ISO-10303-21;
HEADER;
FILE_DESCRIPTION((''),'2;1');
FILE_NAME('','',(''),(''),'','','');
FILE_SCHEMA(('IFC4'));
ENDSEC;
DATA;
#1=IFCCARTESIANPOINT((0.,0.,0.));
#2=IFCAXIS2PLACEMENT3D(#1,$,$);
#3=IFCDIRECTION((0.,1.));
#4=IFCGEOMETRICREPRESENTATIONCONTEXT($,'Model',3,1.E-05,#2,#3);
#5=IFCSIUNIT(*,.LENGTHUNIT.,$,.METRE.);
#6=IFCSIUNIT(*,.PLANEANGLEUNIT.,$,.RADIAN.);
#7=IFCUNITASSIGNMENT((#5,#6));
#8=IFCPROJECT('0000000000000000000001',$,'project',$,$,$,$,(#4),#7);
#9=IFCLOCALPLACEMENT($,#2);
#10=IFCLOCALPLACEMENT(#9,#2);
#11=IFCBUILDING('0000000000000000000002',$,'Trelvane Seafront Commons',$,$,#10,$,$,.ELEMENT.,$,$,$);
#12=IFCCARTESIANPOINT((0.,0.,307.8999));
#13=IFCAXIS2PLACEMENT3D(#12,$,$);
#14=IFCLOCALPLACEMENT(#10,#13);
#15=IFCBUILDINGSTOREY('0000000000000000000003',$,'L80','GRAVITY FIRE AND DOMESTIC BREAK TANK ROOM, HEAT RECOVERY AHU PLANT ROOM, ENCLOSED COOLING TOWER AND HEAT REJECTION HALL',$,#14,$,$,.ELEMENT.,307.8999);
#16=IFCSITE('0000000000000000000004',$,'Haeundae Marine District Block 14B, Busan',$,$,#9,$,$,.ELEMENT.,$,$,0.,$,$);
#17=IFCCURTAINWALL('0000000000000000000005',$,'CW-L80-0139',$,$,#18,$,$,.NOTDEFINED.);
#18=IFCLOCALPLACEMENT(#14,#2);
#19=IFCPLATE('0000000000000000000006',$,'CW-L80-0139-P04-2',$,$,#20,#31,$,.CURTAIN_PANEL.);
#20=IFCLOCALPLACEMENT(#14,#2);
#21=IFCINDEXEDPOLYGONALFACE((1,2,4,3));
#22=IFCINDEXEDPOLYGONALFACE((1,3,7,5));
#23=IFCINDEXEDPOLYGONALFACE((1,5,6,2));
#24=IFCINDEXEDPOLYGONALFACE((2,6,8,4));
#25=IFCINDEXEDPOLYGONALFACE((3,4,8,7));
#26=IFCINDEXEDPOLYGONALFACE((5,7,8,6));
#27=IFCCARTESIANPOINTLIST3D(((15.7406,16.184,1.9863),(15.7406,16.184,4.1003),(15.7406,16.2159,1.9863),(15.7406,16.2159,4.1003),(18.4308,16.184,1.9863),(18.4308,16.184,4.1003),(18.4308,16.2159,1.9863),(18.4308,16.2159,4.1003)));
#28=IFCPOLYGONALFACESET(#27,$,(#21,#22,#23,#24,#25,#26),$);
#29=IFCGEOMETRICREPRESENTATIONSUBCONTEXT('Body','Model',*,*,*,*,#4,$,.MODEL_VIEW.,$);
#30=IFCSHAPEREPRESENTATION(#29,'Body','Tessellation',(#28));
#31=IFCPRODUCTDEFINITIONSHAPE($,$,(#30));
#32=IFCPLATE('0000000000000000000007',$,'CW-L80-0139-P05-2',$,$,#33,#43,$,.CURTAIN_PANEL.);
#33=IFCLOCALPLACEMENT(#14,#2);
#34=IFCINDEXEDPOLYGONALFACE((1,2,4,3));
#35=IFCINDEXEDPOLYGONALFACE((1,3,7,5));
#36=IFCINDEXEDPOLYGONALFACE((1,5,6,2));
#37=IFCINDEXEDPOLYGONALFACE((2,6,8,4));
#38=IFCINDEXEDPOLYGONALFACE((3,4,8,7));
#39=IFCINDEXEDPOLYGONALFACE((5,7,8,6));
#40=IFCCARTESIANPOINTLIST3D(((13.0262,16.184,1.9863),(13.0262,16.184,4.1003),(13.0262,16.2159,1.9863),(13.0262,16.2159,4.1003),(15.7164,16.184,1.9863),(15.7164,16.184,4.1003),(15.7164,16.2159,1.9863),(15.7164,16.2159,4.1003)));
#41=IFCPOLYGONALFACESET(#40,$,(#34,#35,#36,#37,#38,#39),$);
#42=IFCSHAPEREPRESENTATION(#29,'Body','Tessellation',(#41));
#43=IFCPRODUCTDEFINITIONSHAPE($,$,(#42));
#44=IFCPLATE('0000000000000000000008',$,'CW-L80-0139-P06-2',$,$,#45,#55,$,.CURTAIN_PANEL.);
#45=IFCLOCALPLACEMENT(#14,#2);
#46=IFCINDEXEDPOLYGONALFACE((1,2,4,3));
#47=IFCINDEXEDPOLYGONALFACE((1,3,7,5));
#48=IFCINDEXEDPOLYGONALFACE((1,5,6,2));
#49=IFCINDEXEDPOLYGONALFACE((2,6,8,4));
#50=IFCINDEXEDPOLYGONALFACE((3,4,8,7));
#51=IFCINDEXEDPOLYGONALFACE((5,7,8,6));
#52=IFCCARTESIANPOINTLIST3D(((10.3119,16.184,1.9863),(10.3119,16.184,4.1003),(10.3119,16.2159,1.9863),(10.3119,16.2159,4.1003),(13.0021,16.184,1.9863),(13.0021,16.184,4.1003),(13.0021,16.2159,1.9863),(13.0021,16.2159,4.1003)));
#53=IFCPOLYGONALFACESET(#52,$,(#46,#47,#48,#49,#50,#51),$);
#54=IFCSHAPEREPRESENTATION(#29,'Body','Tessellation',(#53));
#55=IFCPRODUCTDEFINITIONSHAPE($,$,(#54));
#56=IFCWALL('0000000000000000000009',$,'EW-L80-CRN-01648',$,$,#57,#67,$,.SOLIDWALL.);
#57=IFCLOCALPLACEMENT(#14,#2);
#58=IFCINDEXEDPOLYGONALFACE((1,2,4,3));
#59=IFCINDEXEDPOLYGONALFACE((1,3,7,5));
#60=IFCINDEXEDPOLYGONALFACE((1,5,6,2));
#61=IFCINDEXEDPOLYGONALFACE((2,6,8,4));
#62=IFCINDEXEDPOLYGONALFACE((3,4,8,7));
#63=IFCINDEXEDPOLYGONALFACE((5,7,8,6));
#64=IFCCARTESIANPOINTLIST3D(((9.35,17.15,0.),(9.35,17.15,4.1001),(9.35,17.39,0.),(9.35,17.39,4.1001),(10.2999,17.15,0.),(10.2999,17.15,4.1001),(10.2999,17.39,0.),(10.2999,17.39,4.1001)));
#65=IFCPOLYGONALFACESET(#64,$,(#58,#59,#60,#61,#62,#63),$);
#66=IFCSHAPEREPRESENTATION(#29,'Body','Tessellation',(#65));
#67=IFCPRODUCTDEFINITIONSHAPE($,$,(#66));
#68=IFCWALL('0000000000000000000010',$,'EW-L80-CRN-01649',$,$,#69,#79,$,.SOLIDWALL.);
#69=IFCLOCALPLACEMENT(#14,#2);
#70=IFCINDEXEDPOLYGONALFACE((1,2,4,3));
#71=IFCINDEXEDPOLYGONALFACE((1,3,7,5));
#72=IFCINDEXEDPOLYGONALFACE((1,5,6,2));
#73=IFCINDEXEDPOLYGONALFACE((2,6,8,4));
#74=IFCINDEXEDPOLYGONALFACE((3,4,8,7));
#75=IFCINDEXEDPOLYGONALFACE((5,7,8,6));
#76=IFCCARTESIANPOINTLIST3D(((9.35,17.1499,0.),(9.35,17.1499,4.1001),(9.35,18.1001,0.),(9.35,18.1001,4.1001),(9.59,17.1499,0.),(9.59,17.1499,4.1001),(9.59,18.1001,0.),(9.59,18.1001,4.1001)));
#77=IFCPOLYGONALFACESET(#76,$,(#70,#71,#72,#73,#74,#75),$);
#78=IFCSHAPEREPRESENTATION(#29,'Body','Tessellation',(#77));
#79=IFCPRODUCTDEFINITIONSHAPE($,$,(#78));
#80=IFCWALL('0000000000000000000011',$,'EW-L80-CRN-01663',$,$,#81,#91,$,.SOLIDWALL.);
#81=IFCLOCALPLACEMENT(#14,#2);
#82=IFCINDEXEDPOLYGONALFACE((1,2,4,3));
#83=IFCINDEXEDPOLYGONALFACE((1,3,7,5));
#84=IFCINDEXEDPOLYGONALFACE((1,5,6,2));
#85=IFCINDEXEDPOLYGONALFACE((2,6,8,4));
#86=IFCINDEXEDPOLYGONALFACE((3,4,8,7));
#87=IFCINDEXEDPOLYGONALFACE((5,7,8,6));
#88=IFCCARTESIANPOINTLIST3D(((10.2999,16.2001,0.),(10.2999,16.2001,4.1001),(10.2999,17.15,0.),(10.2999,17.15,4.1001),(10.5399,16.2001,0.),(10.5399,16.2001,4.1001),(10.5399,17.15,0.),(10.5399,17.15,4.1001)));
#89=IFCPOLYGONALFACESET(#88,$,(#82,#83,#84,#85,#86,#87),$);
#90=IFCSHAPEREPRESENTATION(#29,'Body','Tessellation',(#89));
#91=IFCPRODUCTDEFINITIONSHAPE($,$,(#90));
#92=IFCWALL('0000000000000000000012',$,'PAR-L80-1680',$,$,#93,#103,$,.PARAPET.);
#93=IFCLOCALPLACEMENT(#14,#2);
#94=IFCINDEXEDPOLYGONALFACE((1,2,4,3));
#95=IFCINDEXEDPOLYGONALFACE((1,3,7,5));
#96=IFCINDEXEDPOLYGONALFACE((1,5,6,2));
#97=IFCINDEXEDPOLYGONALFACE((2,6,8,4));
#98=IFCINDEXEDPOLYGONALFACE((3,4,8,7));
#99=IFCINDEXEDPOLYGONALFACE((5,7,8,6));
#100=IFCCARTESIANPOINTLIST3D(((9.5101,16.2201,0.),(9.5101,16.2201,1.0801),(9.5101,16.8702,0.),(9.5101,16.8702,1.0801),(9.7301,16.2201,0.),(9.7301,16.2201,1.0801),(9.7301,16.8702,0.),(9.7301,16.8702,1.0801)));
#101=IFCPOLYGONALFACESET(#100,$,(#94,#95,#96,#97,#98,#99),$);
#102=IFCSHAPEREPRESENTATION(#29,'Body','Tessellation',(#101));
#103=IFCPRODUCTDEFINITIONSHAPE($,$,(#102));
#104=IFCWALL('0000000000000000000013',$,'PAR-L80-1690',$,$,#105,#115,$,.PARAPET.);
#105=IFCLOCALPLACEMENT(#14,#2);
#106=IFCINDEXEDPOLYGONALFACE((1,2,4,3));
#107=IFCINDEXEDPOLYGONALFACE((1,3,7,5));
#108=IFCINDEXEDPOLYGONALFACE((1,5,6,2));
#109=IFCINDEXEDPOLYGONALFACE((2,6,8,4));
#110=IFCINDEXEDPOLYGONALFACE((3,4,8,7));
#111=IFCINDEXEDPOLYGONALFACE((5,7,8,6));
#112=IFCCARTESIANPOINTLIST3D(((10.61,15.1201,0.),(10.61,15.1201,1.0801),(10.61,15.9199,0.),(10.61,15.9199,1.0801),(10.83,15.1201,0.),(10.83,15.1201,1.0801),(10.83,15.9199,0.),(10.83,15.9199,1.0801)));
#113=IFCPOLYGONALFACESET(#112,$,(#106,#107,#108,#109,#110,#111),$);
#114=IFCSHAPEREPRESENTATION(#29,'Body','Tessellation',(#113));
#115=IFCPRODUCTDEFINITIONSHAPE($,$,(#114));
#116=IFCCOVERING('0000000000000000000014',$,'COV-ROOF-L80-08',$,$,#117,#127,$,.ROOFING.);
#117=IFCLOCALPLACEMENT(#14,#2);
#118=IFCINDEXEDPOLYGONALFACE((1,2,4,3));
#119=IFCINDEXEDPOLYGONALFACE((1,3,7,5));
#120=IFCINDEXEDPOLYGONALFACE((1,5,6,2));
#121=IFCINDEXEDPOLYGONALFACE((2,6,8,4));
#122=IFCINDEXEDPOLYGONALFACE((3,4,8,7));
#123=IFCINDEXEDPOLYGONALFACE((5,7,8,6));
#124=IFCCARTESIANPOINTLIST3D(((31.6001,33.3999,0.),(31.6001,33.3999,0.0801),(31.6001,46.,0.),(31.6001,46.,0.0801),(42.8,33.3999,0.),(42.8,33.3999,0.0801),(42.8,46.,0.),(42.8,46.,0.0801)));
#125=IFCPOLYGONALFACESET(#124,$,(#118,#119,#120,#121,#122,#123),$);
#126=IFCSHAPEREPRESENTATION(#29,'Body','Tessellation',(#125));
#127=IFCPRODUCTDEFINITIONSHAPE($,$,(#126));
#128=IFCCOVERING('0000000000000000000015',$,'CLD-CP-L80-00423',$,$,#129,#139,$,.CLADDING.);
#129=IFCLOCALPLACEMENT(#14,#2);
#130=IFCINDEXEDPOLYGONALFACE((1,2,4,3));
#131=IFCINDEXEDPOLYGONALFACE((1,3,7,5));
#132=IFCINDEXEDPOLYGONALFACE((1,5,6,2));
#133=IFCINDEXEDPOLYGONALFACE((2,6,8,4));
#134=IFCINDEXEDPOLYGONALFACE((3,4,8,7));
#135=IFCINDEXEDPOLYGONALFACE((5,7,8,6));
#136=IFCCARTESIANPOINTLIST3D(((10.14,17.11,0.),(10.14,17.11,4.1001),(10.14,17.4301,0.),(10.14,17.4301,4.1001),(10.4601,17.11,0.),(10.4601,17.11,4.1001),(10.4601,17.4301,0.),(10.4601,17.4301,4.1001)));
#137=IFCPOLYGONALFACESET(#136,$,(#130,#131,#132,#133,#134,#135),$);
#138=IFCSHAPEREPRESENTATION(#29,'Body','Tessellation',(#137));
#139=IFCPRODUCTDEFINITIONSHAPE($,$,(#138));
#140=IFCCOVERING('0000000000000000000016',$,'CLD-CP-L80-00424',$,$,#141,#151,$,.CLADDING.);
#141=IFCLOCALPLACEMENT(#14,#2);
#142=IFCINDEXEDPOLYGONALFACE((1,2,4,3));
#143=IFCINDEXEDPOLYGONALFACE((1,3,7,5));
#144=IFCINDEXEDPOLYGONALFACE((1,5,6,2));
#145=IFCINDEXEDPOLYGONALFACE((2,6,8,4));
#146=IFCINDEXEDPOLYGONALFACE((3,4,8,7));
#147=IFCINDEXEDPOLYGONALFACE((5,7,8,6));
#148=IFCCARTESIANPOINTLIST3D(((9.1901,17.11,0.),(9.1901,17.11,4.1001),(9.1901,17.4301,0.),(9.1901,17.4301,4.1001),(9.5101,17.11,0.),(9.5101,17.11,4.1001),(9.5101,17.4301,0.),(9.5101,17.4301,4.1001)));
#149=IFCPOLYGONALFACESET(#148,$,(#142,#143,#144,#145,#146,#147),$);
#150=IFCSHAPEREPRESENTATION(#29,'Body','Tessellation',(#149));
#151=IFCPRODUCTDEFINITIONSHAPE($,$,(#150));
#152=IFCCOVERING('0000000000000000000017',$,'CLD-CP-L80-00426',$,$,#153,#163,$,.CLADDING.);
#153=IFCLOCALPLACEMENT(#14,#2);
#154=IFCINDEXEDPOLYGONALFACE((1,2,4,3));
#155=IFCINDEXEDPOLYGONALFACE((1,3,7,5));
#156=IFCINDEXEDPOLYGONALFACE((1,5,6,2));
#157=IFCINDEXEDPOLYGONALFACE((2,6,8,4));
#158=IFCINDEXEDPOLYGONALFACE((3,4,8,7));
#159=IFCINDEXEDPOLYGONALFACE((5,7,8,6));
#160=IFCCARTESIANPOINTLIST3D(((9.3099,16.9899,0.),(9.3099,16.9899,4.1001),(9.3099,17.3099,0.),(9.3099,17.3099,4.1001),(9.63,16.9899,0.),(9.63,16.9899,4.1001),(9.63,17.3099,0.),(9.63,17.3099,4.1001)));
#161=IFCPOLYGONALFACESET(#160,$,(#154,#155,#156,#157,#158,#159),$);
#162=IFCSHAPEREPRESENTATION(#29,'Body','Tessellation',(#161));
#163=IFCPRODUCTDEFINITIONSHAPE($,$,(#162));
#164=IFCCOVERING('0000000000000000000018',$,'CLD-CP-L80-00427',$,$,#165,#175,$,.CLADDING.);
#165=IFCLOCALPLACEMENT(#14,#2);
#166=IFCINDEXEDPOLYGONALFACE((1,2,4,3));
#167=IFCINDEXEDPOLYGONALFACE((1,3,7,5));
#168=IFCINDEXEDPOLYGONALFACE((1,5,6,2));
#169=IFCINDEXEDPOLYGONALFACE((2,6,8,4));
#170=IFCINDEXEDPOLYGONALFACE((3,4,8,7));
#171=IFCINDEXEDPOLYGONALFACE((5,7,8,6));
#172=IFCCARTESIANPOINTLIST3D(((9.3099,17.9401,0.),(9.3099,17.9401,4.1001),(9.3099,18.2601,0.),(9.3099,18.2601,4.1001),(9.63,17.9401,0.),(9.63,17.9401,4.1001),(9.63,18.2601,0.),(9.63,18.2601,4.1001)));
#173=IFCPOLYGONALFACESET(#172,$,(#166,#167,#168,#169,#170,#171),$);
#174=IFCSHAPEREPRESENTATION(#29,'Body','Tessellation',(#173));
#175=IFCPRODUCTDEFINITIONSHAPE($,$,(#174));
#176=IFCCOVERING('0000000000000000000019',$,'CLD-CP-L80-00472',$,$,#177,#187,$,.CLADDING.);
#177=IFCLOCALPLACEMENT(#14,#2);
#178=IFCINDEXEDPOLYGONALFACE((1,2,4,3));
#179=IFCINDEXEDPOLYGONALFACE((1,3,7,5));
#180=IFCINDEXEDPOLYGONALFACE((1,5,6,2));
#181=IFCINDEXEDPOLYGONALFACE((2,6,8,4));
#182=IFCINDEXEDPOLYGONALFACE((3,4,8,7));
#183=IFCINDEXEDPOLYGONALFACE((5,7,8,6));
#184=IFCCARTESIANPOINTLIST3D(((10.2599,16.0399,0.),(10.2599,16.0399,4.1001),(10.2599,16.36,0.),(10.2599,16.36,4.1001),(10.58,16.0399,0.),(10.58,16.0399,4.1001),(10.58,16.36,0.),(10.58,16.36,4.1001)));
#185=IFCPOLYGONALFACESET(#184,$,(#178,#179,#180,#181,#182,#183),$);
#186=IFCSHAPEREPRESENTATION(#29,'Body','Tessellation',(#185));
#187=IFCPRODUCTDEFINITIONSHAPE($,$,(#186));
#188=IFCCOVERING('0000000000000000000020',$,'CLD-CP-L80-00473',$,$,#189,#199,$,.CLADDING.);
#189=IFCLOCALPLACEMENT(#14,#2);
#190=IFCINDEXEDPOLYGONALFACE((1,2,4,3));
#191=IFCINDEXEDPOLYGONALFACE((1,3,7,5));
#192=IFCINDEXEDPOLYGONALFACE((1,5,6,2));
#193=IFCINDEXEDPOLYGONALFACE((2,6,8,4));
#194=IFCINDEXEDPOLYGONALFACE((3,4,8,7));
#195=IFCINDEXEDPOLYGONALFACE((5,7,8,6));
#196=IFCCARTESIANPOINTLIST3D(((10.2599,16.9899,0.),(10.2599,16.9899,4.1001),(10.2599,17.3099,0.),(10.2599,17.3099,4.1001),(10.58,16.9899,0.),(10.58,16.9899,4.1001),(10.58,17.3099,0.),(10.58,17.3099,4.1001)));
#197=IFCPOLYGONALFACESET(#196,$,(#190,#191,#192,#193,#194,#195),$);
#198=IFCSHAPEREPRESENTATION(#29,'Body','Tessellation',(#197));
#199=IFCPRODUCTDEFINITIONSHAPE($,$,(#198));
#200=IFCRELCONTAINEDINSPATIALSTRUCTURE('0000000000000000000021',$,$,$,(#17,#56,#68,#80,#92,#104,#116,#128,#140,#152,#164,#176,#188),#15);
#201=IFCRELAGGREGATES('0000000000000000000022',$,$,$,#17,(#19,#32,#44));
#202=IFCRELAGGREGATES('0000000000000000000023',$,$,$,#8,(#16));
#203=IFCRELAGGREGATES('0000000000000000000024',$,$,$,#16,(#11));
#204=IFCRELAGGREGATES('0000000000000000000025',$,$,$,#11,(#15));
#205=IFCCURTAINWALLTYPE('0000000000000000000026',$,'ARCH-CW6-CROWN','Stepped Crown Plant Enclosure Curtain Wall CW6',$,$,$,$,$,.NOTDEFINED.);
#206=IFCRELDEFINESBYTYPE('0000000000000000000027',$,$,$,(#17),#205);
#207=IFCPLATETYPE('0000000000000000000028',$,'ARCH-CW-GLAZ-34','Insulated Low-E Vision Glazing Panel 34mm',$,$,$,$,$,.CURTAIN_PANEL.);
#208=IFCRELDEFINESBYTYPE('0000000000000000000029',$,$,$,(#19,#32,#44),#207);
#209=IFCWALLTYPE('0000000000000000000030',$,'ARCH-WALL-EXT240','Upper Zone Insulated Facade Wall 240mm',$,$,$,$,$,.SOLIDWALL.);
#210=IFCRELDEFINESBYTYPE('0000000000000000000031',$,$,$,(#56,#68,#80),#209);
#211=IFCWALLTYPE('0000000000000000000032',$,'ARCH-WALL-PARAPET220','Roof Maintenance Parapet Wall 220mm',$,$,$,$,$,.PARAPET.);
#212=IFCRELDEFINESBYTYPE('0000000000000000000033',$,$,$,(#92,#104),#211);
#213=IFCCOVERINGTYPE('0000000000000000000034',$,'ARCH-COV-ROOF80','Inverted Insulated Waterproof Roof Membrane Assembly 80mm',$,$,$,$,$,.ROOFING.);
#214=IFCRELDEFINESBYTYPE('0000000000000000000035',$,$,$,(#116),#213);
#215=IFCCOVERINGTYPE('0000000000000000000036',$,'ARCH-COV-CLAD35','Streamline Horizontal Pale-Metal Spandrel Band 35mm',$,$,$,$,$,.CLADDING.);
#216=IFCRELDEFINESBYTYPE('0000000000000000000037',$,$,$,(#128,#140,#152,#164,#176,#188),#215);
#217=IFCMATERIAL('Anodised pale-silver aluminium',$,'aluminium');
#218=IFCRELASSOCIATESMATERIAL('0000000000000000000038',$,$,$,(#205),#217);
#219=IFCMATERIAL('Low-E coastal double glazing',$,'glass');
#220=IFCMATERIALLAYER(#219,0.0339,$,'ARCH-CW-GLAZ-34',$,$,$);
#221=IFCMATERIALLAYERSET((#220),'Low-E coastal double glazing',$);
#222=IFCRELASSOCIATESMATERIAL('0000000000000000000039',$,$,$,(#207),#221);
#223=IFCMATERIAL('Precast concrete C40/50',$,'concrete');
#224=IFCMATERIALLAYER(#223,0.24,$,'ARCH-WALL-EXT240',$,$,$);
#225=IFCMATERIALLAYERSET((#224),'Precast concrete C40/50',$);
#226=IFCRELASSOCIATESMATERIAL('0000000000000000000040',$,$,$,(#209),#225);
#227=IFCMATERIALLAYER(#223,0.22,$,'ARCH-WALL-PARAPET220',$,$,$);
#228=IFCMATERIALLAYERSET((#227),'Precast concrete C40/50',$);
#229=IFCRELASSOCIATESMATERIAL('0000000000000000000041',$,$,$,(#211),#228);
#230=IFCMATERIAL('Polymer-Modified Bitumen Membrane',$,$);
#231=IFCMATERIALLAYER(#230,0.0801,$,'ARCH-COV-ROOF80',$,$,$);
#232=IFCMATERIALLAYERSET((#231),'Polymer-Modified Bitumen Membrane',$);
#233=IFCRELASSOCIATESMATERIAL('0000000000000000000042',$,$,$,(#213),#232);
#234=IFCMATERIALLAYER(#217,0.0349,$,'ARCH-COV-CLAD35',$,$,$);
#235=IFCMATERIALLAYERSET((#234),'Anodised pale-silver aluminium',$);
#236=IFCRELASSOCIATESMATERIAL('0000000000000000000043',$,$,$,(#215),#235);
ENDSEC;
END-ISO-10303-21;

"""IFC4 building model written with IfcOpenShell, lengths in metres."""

from ifc_helpers import new_model, si_unit, direction, frame, frame_2d, origin, origin_2d, place, context, subcontext, project, spatial, polyline, rectangle, outline, extrude, source, transform, mapped, material, layer, layer_set, type_object, element, aggregate, save


model = new_model("IFC4")

# Units and contexts
model_context = context("Model", 3, precision=1e-05, world=origin(), true_north=direction((0.0, 1.0)))
body_context = subcontext(model_context, "Body", "Model", "MODEL_VIEW")
ifc_project = project(units=[si_unit("LENGTHUNIT", "METRE"), si_unit("PLANEANGLEUNIT", "RADIAN")], contexts=[model_context])

# Site, building, storey
site_placement = place(None, origin())
site = spatial("IfcSite", under=ifc_project, at=site_placement, Name="Haeundae Marine District Block 14B, Busan", CompositionType="ELEMENT", RefElevation=0.0)
building_placement = place(site_placement, origin())
building = spatial("IfcBuilding", under=site, at=building_placement, Name="Trelvane Seafront Commons", CompositionType="ELEMENT")
storey_placement = place(building_placement, frame((0.0, 0.0, 307.8999)))
storey = spatial("IfcBuildingStorey", under=building, at=storey_placement, Name="L80", Description="GRAVITY FIRE AND DOMESTIC BREAK TANK ROOM, HEAT RECOVERY AHU PLANT ROOM, ENCLOSED COOLING TOWER AND HEAT REJECTION HALL", CompositionType="ELEMENT", Elevation=307.8999)

# Shared definitions
ifc_material_1 = material(Name="Anodised pale-silver aluminium", Category="aluminium")
curtain_wall_type = type_object("IfcCurtainWallType", Name="ARCH-CW6-CROWN", Description="Stepped Crown Plant Enclosure Curtain Wall CW6", PredefinedType="NOTDEFINED", material=ifc_material_1)

# Curtain wall
curtain_wall_1_placement = place(storey_placement, origin())
curtain_wall_1 = element("IfcCurtainWall", 1, at=curtain_wall_1_placement, inside=storey, type_object=curtain_wall_type, Name="CW-L80-0139", PredefinedType="NOTDEFINED")

# Plates
ifc_material_2 = material(Name="Low-E coastal double glazing", Category="glass")
ifc_layer_1 = layer(ifc_material_2, 0.0339, Name="ARCH-CW-GLAZ-34")
ifc_layer_set_1 = layer_set([ifc_layer_1], Name="Low-E coastal double glazing")
plate_type = type_object("IfcPlateType", Name="ARCH-CW-GLAZ-34", Description="Insulated Low-E Vision Glazing Panel 34mm", PredefinedType="CURTAIN_PANEL", material=ifc_layer_set_1)
shared_shape_1 = source(origin(), body_context, "Body", "SweptSolid", [
    extrude(rectangle(XDim=2.6902, YDim=0.032, at=origin_2d()), origin(), (0.0, 0.0, 1.0), 2.114),
])
plate_1_placement = place(storey_placement, frame((17.0857, 16.2, 1.9863), z_axis=(0.0, 0.0, 1.0), x_axis=(-1.0, 0.0, 0.0)))
plate_1 = element("IfcPlate", 2, at=plate_1_placement, type_object=plate_type, Name="CW-L80-0139-P04-2", PredefinedType="CURTAIN_PANEL", context=body_context, shape_type="MappedRepresentation", body=[
    mapped(shared_shape_1, transform((0.0, 0.0, 0.0), x_axis=(1.0, 0.0, 0.0), y_axis=(0.0, 1.0, 0.0), z_axis=(0.0, 0.0, 1.0), scale=1.0)),
])
plate_2_placement = place(storey_placement, frame((14.3713, 16.2, 1.9863), z_axis=(0.0, 0.0, 1.0), x_axis=(-1.0, 0.0, 0.0)))
plate_2 = element("IfcPlate", 3, at=plate_2_placement, type_object=plate_type, Name="CW-L80-0139-P05-2", PredefinedType="CURTAIN_PANEL", context=body_context, shape_type="MappedRepresentation", body=[
    mapped(shared_shape_1, transform((0.0, 0.0, 0.0), x_axis=(1.0, 0.0, 0.0), y_axis=(0.0, 1.0, 0.0), z_axis=(0.0, 0.0, 1.0), scale=1.0)),
])
plate_3_placement = place(storey_placement, frame((11.657, 16.2, 1.9863), z_axis=(0.0, 0.0, 1.0), x_axis=(-1.0, 0.0, 0.0)))
plate_3 = element("IfcPlate", 4, at=plate_3_placement, type_object=plate_type, Name="CW-L80-0139-P06-2", PredefinedType="CURTAIN_PANEL", context=body_context, shape_type="MappedRepresentation", body=[
    mapped(shared_shape_1, transform((0.0, 0.0, 0.0), x_axis=(1.0, 0.0, 0.0), y_axis=(0.0, 1.0, 0.0), z_axis=(0.0, 0.0, 1.0), scale=1.0)),
])
aggregate(curtain_wall_1, [plate_1, plate_2, plate_3])

# Walls
ifc_material_3 = material(Name="Precast concrete C40/50", Category="concrete")
ifc_layer_2 = layer(ifc_material_3, 0.24, Name="ARCH-WALL-EXT240")
ifc_layer_set_2 = layer_set([ifc_layer_2], Name="Precast concrete C40/50")
wall_type_1 = type_object("IfcWallType", Name="ARCH-WALL-EXT240", Description="Upper Zone Insulated Facade Wall 240mm", PredefinedType="SOLIDWALL", material=ifc_layer_set_2)
wall_1_placement = place(storey_placement, frame((10.3, 17.27, 0.0), z_axis=(0.0, 0.0, 1.0), x_axis=(-1.0, 0.0, 0.0)))
element("IfcWall", 5, at=wall_1_placement, inside=storey, type_object=wall_type_1, Name="EW-L80-CRN-01648", PredefinedType="SOLIDWALL", context=body_context, shape_type="SweptSolid", body=[
    extrude(rectangle(XDim=0.95, YDim=0.24, at=frame_2d((0.4751, 0.0))), origin(), (0.0, 0.0, 1.0), 4.1001),
])
wall_2_placement = place(storey_placement, frame((9.47, 17.1499, 0.0), z_axis=(0.0, 0.0, 1.0), x_axis=(0.0, 1.0, 0.0)))
element("IfcWall", 6, at=wall_2_placement, inside=storey, type_object=wall_type_1, Name="EW-L80-CRN-01649", PredefinedType="SOLIDWALL", context=body_context, shape_type="SweptSolid", body=[
    extrude(rectangle(XDim=0.9502, YDim=0.24, at=frame_2d((0.4751, 0.0))), origin(), (0.0, 0.0, 1.0), 4.1001),
])
wall_3_placement = place(storey_placement, frame((10.4199, 16.2, 0.0), z_axis=(0.0, 0.0, 1.0), x_axis=(0.0, 1.0, 0.0)))
element("IfcWall", 7, at=wall_3_placement, inside=storey, type_object=wall_type_1, Name="EW-L80-CRN-01663", PredefinedType="SOLIDWALL", context=body_context, shape_type="SweptSolid", body=[
    extrude(rectangle(XDim=0.95, YDim=0.24, at=frame_2d((0.4751, 0.0))), origin(), (0.0, 0.0, 1.0), 4.1001),
])
ifc_layer_3 = layer(ifc_material_3, 0.22, Name="ARCH-WALL-PARAPET220")
ifc_layer_set_3 = layer_set([ifc_layer_3], Name="Precast concrete C40/50")
wall_type_2 = type_object("IfcWallType", Name="ARCH-WALL-PARAPET220", Description="Roof Maintenance Parapet Wall 220mm", PredefinedType="PARAPET", material=ifc_layer_set_3)
wall_4_placement = place(storey_placement, frame((9.6201, 16.22, 0.0), z_axis=(0.0, 0.0, 1.0), x_axis=(0.0, 1.0, 0.0)))
element("IfcWall", 8, at=wall_4_placement, inside=storey, type_object=wall_type_2, Name="PAR-L80-1680", PredefinedType="PARAPET", context=body_context, shape_type="SweptSolid", body=[
    extrude(rectangle(XDim=0.6501, YDim=0.22, at=frame_2d((0.3252, 0.0))), origin(), (0.0, 0.0, 1.0), 1.0801),
])
wall_5_placement = place(storey_placement, frame((10.72, 15.1201, 0.0), z_axis=(0.0, 0.0, 1.0), x_axis=(0.0, 1.0, 0.0)))
element("IfcWall", 9, at=wall_5_placement, inside=storey, type_object=wall_type_2, Name="PAR-L80-1690", PredefinedType="PARAPET", context=body_context, shape_type="SweptSolid", body=[
    extrude(rectangle(XDim=0.7998, YDim=0.22, at=frame_2d((0.3999, 0.0))), origin(), (0.0, 0.0, 1.0), 1.0801),
])

# Coverings
ifc_material_4 = material(Name="Polymer-Modified Bitumen Membrane")
ifc_layer_4 = layer(ifc_material_4, 0.0801, Name="ARCH-COV-ROOF80")
ifc_layer_set_4 = layer_set([ifc_layer_4], Name="Polymer-Modified Bitumen Membrane")
covering_type_1 = type_object("IfcCoveringType", Name="ARCH-COV-ROOF80", Description="Inverted Insulated Waterproof Roof Membrane Assembly 80mm", PredefinedType="ROOFING", material=ifc_layer_set_4)
covering_placement = place(storey_placement, origin())
element("IfcCovering", 10, at=covering_placement, inside=storey, type_object=covering_type_1, Name="COV-ROOF-L80-08", PredefinedType="ROOFING", context=body_context, shape_type="SweptSolid", body=[
    extrude(outline(polyline([(31.6001, 33.3999), (42.8, 33.3999), (42.8, 46.0), (31.6001, 46.0), (31.6001, 33.3999)])), origin(), (0.0, 0.0, 1.0), 0.0801),
])
ifc_layer_5 = layer(ifc_material_1, 0.0349, Name="ARCH-COV-CLAD35")
ifc_layer_set_5 = layer_set([ifc_layer_5], Name="Anodised pale-silver aluminium")
covering_type_2 = type_object("IfcCoveringType", Name="ARCH-COV-CLAD35", Description="Streamline Horizontal Pale-Metal Spandrel Band 35mm", PredefinedType="CLADDING", material=ifc_layer_set_5)
shared_shape_2 = source(origin(), body_context, "Body", "SweptSolid", [
    extrude(rectangle(XDim=0.3201, YDim=0.3201, at=origin_2d()), origin(), (0.0, 0.0, 1.0), 4.1001),
])
for number, where, z_axis, x_axis, name in (
    (11, (10.3, 17.27, 0.0), (0.0, 0.0, 1.0), (1.0, 0.0, 0.0), "CLD-CP-L80-00423"),
    (12, (9.3501, 17.27, 0.0), (0.0, 0.0, 1.0), (1.0, 0.0, 0.0), "CLD-CP-L80-00424"),
    (13, (9.47, 17.1499, 0.0), (0.0, 0.0, 1.0), (1.0, 0.0, 0.0), "CLD-CP-L80-00426"),
    (14, (9.47, 18.1001, 0.0), (0.0, 0.0, 1.0), (1.0, 0.0, 0.0), "CLD-CP-L80-00427"),
    (15, (10.4199, 16.2, 0.0), (0.0, 0.0, 1.0), (1.0, 0.0, 0.0), "CLD-CP-L80-00472"),
    (16, (10.4199, 17.1499, 0.0), (0.0, 0.0, 1.0), (1.0, 0.0, 0.0), "CLD-CP-L80-00473"),
):
    element("IfcCovering", number, at=place(storey_placement, frame(where, z_axis=z_axis, x_axis=x_axis)), inside=storey, type_object=covering_type_2, Name=name, PredefinedType="CLADDING", context=body_context, shape_type="MappedRepresentation", body=[
        mapped(shared_shape_2, transform((0.0, 0.0, 0.0), x_axis=(1.0, 0.0, 0.0), y_axis=(0.0, 1.0, 0.0), z_axis=(0.0, 0.0, 1.0), scale=1.0)),
    ])

save(model, "model.ifc")
